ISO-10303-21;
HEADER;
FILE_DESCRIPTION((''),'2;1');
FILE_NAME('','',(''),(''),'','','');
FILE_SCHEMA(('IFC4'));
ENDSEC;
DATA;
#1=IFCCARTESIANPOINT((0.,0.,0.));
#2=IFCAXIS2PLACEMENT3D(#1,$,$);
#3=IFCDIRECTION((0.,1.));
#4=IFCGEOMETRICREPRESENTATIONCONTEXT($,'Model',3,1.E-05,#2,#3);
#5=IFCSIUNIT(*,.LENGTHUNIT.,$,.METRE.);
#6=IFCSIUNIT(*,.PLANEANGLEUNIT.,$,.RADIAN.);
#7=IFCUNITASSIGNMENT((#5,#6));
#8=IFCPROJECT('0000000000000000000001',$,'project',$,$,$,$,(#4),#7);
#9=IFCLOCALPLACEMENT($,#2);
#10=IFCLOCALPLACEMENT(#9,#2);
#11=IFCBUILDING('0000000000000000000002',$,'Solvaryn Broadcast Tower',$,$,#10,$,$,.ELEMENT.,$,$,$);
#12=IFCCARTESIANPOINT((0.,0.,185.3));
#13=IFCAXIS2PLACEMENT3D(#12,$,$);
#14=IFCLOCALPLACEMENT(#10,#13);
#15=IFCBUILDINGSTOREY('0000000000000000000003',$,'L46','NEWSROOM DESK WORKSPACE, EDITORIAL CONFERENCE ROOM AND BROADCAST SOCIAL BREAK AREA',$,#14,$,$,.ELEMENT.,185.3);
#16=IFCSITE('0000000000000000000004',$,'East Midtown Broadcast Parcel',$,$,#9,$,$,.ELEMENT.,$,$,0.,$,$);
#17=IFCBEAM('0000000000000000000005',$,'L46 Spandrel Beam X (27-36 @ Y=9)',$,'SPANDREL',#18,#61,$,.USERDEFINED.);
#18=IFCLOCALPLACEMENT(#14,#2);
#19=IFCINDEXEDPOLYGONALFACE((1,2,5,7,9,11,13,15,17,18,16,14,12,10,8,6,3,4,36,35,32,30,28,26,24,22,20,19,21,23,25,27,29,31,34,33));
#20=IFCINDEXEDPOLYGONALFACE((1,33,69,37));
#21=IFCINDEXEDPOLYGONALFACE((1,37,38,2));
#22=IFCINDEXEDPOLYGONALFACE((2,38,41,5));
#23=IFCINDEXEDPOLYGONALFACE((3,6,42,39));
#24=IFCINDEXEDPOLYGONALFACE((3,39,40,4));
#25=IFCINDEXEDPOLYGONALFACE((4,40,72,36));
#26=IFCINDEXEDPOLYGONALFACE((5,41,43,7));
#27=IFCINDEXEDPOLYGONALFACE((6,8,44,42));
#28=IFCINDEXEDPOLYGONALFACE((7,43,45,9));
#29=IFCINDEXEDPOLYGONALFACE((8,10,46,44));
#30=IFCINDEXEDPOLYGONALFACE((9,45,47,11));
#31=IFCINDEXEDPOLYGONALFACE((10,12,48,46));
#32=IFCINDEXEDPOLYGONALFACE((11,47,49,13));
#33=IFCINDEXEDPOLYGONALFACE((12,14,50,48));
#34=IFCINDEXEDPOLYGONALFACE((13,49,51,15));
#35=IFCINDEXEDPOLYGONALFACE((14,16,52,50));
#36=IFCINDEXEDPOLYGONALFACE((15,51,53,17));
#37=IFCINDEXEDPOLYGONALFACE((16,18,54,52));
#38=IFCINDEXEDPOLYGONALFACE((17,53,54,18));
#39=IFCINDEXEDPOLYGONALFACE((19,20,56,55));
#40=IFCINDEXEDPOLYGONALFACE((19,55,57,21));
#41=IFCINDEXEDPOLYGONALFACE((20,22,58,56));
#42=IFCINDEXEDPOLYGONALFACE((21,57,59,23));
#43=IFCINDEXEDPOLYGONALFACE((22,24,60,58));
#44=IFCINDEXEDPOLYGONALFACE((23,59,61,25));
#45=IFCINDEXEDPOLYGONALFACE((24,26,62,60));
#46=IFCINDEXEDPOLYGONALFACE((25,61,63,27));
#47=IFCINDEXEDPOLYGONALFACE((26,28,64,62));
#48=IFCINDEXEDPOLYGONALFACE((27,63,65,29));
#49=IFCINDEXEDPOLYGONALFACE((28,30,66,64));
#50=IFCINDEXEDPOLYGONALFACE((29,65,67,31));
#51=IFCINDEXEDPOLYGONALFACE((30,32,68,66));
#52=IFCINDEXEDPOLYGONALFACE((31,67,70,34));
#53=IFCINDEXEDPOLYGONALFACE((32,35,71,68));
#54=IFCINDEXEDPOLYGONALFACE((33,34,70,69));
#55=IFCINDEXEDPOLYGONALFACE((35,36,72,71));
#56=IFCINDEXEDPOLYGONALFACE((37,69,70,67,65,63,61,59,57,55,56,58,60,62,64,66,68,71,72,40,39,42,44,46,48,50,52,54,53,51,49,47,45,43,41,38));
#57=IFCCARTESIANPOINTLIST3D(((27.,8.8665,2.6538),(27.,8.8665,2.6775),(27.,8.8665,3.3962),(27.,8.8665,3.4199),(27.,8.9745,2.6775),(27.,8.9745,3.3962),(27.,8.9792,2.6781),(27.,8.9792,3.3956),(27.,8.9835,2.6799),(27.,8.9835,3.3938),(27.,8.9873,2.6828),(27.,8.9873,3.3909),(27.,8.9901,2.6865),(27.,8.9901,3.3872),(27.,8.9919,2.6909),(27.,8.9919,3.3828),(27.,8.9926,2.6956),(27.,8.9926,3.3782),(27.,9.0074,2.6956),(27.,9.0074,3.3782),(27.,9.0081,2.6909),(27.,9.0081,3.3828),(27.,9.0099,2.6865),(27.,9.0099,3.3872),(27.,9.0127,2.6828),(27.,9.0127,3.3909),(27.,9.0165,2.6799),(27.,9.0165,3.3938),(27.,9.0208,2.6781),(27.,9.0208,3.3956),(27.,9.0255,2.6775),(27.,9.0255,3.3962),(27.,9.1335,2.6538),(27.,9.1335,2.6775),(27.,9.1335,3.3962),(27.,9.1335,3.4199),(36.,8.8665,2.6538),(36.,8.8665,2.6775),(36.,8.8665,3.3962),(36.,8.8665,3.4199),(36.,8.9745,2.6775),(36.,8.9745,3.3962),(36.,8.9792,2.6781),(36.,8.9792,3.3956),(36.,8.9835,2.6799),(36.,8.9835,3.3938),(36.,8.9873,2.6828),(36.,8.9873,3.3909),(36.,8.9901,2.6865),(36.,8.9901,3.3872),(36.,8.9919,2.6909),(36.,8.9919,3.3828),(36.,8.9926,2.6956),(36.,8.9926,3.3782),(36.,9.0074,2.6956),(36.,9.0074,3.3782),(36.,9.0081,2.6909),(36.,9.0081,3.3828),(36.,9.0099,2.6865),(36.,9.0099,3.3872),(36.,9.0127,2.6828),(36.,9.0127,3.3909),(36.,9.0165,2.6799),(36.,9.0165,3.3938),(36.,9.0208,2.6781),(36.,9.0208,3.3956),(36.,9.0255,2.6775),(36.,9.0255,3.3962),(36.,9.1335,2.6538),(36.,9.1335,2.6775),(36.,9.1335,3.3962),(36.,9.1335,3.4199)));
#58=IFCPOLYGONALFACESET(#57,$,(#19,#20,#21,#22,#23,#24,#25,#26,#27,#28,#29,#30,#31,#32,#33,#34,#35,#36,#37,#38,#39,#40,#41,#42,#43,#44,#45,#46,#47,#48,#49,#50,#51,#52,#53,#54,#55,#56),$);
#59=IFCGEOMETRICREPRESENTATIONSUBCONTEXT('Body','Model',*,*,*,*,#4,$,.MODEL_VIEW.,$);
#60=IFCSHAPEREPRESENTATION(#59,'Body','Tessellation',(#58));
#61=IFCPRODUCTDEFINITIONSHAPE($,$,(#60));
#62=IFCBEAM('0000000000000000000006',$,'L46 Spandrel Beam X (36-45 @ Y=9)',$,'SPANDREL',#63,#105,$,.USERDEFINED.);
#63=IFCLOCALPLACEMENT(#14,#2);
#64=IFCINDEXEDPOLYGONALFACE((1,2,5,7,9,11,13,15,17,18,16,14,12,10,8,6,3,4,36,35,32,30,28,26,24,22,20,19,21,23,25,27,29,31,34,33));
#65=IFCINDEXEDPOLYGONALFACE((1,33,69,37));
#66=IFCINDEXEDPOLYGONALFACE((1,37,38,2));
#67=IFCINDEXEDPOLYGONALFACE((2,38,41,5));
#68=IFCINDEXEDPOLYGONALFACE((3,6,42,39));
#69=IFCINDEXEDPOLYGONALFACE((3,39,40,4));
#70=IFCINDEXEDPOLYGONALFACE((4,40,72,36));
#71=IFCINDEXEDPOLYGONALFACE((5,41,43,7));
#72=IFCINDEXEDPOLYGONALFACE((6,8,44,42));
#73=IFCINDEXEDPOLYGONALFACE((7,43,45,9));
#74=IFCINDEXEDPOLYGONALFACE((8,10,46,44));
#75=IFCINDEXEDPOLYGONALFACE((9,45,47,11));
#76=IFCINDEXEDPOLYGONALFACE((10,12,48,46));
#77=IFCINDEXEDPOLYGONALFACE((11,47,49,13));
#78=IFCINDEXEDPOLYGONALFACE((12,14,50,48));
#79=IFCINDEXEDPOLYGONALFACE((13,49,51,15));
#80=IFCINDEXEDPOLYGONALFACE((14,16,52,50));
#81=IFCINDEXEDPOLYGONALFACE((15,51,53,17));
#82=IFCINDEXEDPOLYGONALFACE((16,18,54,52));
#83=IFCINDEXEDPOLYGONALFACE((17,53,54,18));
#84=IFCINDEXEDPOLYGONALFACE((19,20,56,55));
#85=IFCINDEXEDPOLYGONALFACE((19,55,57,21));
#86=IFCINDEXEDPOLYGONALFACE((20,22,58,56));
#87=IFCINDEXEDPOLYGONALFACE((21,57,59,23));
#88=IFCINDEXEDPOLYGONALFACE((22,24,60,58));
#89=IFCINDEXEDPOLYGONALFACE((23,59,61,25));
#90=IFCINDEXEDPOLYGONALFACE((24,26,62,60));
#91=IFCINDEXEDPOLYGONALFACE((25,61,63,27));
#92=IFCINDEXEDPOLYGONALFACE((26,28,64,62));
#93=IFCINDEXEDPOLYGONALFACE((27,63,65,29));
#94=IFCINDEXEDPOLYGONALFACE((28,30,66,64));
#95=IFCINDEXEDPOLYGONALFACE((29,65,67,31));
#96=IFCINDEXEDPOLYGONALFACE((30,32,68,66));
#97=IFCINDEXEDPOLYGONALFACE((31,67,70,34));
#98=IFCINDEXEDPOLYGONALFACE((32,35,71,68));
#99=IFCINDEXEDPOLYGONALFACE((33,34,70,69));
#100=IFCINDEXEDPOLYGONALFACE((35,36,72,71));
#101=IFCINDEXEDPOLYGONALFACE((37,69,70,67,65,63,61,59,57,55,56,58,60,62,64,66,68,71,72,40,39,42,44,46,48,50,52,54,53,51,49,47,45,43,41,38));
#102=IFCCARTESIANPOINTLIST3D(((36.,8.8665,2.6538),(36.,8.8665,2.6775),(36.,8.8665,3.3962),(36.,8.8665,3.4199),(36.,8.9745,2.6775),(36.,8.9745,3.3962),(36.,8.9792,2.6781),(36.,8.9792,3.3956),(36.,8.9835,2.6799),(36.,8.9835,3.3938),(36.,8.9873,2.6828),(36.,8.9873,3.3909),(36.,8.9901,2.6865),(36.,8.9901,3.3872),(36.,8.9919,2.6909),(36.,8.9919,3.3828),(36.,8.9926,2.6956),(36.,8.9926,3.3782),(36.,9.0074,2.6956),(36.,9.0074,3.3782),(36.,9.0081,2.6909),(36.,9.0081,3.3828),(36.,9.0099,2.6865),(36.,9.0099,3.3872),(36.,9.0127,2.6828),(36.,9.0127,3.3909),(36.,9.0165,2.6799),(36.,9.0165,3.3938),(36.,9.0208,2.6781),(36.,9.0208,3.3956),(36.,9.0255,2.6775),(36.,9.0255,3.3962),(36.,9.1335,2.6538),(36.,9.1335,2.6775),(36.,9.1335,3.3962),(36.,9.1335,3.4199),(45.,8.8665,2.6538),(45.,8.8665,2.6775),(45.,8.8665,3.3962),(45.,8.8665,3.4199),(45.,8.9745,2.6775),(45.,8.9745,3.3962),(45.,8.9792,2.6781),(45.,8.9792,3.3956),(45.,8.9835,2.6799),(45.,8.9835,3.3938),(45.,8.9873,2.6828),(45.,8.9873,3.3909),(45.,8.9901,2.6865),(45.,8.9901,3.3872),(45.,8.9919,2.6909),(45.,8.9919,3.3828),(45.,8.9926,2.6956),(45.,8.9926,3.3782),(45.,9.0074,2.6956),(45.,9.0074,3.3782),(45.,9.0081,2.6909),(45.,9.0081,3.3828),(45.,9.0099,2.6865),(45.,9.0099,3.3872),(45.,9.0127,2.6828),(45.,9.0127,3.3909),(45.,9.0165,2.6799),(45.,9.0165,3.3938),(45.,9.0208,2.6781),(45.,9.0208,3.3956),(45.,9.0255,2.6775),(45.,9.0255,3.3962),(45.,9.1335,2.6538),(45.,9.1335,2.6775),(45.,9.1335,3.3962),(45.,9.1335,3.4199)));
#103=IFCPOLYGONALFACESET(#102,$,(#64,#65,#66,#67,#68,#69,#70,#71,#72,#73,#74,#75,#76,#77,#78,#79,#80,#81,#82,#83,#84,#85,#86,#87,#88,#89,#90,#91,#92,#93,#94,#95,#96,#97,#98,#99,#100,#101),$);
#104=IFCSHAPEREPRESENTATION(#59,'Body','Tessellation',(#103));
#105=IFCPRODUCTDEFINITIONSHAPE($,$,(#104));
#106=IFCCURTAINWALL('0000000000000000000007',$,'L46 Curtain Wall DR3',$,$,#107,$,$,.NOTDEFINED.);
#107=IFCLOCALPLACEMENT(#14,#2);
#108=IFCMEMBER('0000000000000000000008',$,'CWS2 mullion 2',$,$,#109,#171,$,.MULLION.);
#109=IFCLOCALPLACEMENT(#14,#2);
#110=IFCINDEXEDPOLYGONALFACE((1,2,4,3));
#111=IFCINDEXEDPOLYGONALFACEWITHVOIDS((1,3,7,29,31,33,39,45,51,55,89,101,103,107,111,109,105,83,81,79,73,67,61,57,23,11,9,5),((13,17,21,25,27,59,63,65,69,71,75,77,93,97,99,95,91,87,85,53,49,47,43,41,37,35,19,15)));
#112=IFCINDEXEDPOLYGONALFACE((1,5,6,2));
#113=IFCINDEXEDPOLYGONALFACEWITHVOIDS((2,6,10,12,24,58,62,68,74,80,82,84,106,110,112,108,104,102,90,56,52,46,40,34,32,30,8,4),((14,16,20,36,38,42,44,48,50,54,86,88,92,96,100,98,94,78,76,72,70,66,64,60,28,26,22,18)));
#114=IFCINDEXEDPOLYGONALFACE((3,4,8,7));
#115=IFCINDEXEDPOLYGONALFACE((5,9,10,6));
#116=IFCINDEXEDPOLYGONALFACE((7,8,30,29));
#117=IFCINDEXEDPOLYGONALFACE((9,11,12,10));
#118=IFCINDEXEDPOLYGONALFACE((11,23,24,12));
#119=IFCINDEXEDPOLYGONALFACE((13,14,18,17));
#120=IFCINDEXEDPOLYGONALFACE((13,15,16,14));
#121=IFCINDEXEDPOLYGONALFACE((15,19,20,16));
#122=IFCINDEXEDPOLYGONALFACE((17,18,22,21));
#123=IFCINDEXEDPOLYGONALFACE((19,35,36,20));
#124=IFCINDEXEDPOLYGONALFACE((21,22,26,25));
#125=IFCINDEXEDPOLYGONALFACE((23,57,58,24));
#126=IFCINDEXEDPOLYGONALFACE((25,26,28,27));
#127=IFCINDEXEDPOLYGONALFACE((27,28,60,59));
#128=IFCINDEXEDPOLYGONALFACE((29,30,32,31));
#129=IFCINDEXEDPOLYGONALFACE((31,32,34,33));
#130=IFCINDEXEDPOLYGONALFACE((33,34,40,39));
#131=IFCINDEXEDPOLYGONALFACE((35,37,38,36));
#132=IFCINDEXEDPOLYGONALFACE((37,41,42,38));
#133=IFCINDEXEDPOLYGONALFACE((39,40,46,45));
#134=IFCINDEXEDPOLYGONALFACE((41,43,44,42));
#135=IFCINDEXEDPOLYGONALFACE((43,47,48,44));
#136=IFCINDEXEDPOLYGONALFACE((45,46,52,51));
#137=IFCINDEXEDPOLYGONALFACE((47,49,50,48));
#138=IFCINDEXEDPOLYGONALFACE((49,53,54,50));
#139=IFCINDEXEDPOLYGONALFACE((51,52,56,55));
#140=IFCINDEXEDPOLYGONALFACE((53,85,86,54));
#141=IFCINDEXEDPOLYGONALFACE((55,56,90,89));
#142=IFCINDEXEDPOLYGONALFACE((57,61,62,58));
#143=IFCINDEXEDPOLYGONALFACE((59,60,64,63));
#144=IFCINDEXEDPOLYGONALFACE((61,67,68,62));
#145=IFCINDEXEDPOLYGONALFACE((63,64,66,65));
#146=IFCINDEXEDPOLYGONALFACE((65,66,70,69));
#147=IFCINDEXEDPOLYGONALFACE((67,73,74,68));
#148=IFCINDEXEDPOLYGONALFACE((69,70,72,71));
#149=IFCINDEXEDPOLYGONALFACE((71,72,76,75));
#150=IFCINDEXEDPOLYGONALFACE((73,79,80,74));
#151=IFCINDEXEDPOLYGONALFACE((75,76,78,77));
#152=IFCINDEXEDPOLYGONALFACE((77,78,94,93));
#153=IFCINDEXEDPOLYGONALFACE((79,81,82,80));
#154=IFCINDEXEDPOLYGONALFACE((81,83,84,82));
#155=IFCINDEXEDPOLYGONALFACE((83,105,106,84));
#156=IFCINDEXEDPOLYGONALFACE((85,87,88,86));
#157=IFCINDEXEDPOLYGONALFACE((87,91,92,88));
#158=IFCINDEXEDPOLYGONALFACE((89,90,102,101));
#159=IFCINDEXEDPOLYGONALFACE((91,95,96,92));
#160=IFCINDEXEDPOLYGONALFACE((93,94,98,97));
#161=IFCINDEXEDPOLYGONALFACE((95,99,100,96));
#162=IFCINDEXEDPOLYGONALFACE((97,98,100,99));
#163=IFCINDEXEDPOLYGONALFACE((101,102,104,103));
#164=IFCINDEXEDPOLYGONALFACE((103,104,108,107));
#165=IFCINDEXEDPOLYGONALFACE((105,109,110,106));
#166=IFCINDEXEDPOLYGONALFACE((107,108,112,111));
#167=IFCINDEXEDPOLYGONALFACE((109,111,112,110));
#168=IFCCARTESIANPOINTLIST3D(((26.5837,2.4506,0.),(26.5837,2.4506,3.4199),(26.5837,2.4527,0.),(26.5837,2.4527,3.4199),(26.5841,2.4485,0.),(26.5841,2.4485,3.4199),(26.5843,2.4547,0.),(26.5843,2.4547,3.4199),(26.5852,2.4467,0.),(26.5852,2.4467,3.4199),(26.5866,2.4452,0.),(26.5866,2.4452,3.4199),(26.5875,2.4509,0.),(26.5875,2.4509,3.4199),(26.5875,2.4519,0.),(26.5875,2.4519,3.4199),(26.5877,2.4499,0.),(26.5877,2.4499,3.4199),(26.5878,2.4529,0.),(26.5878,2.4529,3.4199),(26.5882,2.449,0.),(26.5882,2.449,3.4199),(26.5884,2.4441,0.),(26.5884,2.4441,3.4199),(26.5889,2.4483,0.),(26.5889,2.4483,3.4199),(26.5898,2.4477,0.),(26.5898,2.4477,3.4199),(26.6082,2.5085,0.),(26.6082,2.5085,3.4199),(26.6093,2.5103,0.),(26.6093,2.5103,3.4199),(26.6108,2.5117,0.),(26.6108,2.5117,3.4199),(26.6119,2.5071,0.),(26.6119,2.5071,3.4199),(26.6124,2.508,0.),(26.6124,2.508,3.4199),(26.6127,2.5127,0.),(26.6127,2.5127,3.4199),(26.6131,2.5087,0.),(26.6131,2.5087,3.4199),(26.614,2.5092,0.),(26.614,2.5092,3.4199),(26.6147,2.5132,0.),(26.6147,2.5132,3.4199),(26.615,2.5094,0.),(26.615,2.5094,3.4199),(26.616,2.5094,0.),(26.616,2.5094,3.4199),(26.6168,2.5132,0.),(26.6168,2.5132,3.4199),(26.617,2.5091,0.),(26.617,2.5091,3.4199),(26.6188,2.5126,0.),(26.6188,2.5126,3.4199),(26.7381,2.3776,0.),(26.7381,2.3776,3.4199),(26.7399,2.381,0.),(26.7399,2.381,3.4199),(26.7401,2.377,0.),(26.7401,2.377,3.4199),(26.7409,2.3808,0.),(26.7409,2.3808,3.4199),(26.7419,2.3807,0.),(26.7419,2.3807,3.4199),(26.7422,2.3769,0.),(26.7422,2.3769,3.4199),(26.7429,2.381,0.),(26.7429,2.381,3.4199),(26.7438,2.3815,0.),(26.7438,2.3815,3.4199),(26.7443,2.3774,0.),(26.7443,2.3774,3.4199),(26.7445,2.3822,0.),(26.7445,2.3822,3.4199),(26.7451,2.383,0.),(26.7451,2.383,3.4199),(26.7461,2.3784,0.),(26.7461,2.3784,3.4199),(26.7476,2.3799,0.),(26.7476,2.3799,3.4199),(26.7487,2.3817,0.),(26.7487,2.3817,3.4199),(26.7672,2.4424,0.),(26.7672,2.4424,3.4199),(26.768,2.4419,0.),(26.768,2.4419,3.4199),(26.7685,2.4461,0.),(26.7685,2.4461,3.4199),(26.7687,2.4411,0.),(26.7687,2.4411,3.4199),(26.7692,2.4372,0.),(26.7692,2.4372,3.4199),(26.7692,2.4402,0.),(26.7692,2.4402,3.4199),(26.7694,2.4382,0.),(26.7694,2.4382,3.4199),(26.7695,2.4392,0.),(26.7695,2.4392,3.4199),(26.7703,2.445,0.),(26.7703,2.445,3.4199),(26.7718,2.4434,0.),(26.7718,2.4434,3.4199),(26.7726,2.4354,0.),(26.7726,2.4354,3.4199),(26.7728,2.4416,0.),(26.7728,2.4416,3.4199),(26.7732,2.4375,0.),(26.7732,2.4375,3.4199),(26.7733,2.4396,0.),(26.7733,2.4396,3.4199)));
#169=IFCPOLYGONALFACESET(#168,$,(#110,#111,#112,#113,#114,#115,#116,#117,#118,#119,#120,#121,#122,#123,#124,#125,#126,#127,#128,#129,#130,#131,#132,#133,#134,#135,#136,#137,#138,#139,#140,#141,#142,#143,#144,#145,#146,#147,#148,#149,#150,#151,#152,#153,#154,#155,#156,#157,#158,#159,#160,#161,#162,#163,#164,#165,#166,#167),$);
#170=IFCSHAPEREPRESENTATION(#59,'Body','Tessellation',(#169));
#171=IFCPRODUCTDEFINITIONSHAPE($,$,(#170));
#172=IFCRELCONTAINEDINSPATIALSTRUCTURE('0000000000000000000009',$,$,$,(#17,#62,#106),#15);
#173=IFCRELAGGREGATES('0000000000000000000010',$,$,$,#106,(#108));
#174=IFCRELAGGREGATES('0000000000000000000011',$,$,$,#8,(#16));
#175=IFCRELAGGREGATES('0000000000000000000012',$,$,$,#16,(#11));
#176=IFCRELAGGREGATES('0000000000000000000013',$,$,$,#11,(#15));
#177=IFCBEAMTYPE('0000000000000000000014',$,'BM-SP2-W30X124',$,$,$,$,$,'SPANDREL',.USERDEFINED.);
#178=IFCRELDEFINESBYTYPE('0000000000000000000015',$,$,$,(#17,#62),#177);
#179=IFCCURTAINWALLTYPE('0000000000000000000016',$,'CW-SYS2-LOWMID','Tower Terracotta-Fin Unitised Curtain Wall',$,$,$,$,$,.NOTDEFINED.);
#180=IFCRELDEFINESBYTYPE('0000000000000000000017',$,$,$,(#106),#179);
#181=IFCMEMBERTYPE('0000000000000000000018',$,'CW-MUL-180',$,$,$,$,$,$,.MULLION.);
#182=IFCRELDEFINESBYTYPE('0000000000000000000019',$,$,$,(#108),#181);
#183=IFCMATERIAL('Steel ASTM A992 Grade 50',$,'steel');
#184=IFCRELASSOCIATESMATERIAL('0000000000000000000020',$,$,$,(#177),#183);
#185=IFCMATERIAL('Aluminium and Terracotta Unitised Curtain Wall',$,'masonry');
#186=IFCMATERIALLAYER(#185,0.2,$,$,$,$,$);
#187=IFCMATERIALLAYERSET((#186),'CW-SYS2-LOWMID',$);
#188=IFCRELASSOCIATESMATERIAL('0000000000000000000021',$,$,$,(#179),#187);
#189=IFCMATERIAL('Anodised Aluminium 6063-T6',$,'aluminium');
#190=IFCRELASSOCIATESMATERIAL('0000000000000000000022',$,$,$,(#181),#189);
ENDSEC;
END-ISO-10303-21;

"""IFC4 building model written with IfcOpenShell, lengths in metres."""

from ifc_helpers import new_model, si_unit, direction, frame, origin, origin_2d, place, context, subcontext, project, spatial, hollow_rectangle, i_section, extrude, material, layer, layer_set, material_profile, profile_set, type_object, element, aggregate, save


model = new_model("IFC4")

# Units and contexts
model_context = context("Model", 3, precision=1e-05, world=origin(), true_north=direction((0.0, 1.0)))
body_context = subcontext(model_context, "Body", "Model", "MODEL_VIEW")
ifc_project = project(units=[si_unit("LENGTHUNIT", "METRE"), si_unit("PLANEANGLEUNIT", "RADIAN")], contexts=[model_context])

# Site, building, storey
site_placement = place(None, origin())
site = spatial("IfcSite", under=ifc_project, at=site_placement, Name="East Midtown Broadcast Parcel", CompositionType="ELEMENT", RefElevation=0.0)
building_placement = place(site_placement, origin())
building = spatial("IfcBuilding", under=site, at=building_placement, Name="Solvaryn Broadcast Tower", CompositionType="ELEMENT")
storey_placement = place(building_placement, frame((0.0, 0.0, 185.3)))
storey = spatial("IfcBuildingStorey", under=building, at=storey_placement, Name="L46", Description="NEWSROOM DESK WORKSPACE, EDITORIAL CONFERENCE ROOM AND BROADCAST SOCIAL BREAK AREA", CompositionType="ELEMENT", Elevation=185.3)

# Beams
ifc_material_1 = material(Name="Steel ASTM A992 Grade 50", Category="steel")
ifc_material_profile_1 = material_profile(ifc_material_1, i_section(OverallWidth=0.2671, OverallDepth=0.7661, WebThickness=0.0149, FlangeThickness=0.0237, FilletRadius=0.0181, at=origin_2d()))
ifc_profile_set_1 = profile_set([ifc_material_profile_1], Name="Steel ASTM A992 Grade 50")
beam_type_1 = type_object("IfcBeamType", Name="BM-SP2-W30X124", ElementType="SPANDREL", PredefinedType="USERDEFINED", material=ifc_profile_set_1)
for number, where, z_axis, x_axis, name in (
    (1, (27.0, 9.0, 3.0369), (1.0, 0.0, 0.0), (0.0, 1.0, 0.0), "L46 Spandrel Beam X (27-36 @ Y=9)"),
    (2, (36.0, 9.0, 3.0369), (1.0, 0.0, 0.0), (0.0, 1.0, 0.0), "L46 Spandrel Beam X (36-45 @ Y=9)"),
):
    element("IfcBeam", number, at=place(storey_placement, frame(where, z_axis=z_axis, x_axis=x_axis)), inside=storey, type_object=beam_type_1, Name=name, ObjectType="SPANDREL", PredefinedType="USERDEFINED", context=body_context, shape_type="SweptSolid", body=[
        extrude(i_section(OverallWidth=0.2671, OverallDepth=0.7661, WebThickness=0.0149, FlangeThickness=0.0237, FilletRadius=0.0181, at=origin_2d()), origin(), (0.0, 0.0, 1.0), 9.0),
    ])

# Curtain wall, member
ifc_material_2 = material(Name="Aluminium and Terracotta Unitised Curtain Wall", Category="masonry")
ifc_layer_1 = layer(ifc_material_2, 0.2)
ifc_layer_set_1 = layer_set([ifc_layer_1], Name="CW-SYS2-LOWMID")
curtain_wall_type = type_object("IfcCurtainWallType", Name="CW-SYS2-LOWMID", Description="Tower Terracotta-Fin Unitised Curtain Wall", PredefinedType="NOTDEFINED", material=ifc_layer_set_1)
curtain_wall_1_placement = place(storey_placement, origin())
curtain_wall_1 = element("IfcCurtainWall", 3, at=curtain_wall_1_placement, inside=storey, type_object=curtain_wall_type, Name="L46 Curtain Wall DR3", PredefinedType="NOTDEFINED")
ifc_material_3 = material(Name="Anodised Aluminium 6063-T6", Category="aluminium")
ifc_material_profile_2 = material_profile(ifc_material_3, hollow_rectangle(XDim=0.075, YDim=0.1799, WallThickness=0.0039, InnerFilletRadius=0.0039, OuterFilletRadius=0.0081, at=origin_2d()))
ifc_profile_set_2 = profile_set([ifc_material_profile_2], Name="Anodised Aluminium 6063-T6")
member_type_1 = type_object("IfcMemberType", Name="CW-MUL-180", PredefinedType="MULLION", material=ifc_profile_set_2)
member_1_placement = place(storey_placement, frame((26.6785, 2.4451, 0.0), z_axis=(0.0, 0.0, 1.0), x_axis=(0.405901, 0.913917, 0.0)))
member_1 = element("IfcMember", 4, at=member_1_placement, type_object=member_type_1, Name="CWS2 mullion 2", PredefinedType="MULLION", context=body_context, shape_type="SweptSolid", body=[
    extrude(hollow_rectangle(XDim=0.075, YDim=0.1799, WallThickness=0.0039, InnerFilletRadius=0.0039, OuterFilletRadius=0.0081, at=origin_2d()), origin(), (0.0, 0.0, 1.0), 3.4199),
])
aggregate(curtain_wall_1, [member_1])

save(model, "model.ifc")
